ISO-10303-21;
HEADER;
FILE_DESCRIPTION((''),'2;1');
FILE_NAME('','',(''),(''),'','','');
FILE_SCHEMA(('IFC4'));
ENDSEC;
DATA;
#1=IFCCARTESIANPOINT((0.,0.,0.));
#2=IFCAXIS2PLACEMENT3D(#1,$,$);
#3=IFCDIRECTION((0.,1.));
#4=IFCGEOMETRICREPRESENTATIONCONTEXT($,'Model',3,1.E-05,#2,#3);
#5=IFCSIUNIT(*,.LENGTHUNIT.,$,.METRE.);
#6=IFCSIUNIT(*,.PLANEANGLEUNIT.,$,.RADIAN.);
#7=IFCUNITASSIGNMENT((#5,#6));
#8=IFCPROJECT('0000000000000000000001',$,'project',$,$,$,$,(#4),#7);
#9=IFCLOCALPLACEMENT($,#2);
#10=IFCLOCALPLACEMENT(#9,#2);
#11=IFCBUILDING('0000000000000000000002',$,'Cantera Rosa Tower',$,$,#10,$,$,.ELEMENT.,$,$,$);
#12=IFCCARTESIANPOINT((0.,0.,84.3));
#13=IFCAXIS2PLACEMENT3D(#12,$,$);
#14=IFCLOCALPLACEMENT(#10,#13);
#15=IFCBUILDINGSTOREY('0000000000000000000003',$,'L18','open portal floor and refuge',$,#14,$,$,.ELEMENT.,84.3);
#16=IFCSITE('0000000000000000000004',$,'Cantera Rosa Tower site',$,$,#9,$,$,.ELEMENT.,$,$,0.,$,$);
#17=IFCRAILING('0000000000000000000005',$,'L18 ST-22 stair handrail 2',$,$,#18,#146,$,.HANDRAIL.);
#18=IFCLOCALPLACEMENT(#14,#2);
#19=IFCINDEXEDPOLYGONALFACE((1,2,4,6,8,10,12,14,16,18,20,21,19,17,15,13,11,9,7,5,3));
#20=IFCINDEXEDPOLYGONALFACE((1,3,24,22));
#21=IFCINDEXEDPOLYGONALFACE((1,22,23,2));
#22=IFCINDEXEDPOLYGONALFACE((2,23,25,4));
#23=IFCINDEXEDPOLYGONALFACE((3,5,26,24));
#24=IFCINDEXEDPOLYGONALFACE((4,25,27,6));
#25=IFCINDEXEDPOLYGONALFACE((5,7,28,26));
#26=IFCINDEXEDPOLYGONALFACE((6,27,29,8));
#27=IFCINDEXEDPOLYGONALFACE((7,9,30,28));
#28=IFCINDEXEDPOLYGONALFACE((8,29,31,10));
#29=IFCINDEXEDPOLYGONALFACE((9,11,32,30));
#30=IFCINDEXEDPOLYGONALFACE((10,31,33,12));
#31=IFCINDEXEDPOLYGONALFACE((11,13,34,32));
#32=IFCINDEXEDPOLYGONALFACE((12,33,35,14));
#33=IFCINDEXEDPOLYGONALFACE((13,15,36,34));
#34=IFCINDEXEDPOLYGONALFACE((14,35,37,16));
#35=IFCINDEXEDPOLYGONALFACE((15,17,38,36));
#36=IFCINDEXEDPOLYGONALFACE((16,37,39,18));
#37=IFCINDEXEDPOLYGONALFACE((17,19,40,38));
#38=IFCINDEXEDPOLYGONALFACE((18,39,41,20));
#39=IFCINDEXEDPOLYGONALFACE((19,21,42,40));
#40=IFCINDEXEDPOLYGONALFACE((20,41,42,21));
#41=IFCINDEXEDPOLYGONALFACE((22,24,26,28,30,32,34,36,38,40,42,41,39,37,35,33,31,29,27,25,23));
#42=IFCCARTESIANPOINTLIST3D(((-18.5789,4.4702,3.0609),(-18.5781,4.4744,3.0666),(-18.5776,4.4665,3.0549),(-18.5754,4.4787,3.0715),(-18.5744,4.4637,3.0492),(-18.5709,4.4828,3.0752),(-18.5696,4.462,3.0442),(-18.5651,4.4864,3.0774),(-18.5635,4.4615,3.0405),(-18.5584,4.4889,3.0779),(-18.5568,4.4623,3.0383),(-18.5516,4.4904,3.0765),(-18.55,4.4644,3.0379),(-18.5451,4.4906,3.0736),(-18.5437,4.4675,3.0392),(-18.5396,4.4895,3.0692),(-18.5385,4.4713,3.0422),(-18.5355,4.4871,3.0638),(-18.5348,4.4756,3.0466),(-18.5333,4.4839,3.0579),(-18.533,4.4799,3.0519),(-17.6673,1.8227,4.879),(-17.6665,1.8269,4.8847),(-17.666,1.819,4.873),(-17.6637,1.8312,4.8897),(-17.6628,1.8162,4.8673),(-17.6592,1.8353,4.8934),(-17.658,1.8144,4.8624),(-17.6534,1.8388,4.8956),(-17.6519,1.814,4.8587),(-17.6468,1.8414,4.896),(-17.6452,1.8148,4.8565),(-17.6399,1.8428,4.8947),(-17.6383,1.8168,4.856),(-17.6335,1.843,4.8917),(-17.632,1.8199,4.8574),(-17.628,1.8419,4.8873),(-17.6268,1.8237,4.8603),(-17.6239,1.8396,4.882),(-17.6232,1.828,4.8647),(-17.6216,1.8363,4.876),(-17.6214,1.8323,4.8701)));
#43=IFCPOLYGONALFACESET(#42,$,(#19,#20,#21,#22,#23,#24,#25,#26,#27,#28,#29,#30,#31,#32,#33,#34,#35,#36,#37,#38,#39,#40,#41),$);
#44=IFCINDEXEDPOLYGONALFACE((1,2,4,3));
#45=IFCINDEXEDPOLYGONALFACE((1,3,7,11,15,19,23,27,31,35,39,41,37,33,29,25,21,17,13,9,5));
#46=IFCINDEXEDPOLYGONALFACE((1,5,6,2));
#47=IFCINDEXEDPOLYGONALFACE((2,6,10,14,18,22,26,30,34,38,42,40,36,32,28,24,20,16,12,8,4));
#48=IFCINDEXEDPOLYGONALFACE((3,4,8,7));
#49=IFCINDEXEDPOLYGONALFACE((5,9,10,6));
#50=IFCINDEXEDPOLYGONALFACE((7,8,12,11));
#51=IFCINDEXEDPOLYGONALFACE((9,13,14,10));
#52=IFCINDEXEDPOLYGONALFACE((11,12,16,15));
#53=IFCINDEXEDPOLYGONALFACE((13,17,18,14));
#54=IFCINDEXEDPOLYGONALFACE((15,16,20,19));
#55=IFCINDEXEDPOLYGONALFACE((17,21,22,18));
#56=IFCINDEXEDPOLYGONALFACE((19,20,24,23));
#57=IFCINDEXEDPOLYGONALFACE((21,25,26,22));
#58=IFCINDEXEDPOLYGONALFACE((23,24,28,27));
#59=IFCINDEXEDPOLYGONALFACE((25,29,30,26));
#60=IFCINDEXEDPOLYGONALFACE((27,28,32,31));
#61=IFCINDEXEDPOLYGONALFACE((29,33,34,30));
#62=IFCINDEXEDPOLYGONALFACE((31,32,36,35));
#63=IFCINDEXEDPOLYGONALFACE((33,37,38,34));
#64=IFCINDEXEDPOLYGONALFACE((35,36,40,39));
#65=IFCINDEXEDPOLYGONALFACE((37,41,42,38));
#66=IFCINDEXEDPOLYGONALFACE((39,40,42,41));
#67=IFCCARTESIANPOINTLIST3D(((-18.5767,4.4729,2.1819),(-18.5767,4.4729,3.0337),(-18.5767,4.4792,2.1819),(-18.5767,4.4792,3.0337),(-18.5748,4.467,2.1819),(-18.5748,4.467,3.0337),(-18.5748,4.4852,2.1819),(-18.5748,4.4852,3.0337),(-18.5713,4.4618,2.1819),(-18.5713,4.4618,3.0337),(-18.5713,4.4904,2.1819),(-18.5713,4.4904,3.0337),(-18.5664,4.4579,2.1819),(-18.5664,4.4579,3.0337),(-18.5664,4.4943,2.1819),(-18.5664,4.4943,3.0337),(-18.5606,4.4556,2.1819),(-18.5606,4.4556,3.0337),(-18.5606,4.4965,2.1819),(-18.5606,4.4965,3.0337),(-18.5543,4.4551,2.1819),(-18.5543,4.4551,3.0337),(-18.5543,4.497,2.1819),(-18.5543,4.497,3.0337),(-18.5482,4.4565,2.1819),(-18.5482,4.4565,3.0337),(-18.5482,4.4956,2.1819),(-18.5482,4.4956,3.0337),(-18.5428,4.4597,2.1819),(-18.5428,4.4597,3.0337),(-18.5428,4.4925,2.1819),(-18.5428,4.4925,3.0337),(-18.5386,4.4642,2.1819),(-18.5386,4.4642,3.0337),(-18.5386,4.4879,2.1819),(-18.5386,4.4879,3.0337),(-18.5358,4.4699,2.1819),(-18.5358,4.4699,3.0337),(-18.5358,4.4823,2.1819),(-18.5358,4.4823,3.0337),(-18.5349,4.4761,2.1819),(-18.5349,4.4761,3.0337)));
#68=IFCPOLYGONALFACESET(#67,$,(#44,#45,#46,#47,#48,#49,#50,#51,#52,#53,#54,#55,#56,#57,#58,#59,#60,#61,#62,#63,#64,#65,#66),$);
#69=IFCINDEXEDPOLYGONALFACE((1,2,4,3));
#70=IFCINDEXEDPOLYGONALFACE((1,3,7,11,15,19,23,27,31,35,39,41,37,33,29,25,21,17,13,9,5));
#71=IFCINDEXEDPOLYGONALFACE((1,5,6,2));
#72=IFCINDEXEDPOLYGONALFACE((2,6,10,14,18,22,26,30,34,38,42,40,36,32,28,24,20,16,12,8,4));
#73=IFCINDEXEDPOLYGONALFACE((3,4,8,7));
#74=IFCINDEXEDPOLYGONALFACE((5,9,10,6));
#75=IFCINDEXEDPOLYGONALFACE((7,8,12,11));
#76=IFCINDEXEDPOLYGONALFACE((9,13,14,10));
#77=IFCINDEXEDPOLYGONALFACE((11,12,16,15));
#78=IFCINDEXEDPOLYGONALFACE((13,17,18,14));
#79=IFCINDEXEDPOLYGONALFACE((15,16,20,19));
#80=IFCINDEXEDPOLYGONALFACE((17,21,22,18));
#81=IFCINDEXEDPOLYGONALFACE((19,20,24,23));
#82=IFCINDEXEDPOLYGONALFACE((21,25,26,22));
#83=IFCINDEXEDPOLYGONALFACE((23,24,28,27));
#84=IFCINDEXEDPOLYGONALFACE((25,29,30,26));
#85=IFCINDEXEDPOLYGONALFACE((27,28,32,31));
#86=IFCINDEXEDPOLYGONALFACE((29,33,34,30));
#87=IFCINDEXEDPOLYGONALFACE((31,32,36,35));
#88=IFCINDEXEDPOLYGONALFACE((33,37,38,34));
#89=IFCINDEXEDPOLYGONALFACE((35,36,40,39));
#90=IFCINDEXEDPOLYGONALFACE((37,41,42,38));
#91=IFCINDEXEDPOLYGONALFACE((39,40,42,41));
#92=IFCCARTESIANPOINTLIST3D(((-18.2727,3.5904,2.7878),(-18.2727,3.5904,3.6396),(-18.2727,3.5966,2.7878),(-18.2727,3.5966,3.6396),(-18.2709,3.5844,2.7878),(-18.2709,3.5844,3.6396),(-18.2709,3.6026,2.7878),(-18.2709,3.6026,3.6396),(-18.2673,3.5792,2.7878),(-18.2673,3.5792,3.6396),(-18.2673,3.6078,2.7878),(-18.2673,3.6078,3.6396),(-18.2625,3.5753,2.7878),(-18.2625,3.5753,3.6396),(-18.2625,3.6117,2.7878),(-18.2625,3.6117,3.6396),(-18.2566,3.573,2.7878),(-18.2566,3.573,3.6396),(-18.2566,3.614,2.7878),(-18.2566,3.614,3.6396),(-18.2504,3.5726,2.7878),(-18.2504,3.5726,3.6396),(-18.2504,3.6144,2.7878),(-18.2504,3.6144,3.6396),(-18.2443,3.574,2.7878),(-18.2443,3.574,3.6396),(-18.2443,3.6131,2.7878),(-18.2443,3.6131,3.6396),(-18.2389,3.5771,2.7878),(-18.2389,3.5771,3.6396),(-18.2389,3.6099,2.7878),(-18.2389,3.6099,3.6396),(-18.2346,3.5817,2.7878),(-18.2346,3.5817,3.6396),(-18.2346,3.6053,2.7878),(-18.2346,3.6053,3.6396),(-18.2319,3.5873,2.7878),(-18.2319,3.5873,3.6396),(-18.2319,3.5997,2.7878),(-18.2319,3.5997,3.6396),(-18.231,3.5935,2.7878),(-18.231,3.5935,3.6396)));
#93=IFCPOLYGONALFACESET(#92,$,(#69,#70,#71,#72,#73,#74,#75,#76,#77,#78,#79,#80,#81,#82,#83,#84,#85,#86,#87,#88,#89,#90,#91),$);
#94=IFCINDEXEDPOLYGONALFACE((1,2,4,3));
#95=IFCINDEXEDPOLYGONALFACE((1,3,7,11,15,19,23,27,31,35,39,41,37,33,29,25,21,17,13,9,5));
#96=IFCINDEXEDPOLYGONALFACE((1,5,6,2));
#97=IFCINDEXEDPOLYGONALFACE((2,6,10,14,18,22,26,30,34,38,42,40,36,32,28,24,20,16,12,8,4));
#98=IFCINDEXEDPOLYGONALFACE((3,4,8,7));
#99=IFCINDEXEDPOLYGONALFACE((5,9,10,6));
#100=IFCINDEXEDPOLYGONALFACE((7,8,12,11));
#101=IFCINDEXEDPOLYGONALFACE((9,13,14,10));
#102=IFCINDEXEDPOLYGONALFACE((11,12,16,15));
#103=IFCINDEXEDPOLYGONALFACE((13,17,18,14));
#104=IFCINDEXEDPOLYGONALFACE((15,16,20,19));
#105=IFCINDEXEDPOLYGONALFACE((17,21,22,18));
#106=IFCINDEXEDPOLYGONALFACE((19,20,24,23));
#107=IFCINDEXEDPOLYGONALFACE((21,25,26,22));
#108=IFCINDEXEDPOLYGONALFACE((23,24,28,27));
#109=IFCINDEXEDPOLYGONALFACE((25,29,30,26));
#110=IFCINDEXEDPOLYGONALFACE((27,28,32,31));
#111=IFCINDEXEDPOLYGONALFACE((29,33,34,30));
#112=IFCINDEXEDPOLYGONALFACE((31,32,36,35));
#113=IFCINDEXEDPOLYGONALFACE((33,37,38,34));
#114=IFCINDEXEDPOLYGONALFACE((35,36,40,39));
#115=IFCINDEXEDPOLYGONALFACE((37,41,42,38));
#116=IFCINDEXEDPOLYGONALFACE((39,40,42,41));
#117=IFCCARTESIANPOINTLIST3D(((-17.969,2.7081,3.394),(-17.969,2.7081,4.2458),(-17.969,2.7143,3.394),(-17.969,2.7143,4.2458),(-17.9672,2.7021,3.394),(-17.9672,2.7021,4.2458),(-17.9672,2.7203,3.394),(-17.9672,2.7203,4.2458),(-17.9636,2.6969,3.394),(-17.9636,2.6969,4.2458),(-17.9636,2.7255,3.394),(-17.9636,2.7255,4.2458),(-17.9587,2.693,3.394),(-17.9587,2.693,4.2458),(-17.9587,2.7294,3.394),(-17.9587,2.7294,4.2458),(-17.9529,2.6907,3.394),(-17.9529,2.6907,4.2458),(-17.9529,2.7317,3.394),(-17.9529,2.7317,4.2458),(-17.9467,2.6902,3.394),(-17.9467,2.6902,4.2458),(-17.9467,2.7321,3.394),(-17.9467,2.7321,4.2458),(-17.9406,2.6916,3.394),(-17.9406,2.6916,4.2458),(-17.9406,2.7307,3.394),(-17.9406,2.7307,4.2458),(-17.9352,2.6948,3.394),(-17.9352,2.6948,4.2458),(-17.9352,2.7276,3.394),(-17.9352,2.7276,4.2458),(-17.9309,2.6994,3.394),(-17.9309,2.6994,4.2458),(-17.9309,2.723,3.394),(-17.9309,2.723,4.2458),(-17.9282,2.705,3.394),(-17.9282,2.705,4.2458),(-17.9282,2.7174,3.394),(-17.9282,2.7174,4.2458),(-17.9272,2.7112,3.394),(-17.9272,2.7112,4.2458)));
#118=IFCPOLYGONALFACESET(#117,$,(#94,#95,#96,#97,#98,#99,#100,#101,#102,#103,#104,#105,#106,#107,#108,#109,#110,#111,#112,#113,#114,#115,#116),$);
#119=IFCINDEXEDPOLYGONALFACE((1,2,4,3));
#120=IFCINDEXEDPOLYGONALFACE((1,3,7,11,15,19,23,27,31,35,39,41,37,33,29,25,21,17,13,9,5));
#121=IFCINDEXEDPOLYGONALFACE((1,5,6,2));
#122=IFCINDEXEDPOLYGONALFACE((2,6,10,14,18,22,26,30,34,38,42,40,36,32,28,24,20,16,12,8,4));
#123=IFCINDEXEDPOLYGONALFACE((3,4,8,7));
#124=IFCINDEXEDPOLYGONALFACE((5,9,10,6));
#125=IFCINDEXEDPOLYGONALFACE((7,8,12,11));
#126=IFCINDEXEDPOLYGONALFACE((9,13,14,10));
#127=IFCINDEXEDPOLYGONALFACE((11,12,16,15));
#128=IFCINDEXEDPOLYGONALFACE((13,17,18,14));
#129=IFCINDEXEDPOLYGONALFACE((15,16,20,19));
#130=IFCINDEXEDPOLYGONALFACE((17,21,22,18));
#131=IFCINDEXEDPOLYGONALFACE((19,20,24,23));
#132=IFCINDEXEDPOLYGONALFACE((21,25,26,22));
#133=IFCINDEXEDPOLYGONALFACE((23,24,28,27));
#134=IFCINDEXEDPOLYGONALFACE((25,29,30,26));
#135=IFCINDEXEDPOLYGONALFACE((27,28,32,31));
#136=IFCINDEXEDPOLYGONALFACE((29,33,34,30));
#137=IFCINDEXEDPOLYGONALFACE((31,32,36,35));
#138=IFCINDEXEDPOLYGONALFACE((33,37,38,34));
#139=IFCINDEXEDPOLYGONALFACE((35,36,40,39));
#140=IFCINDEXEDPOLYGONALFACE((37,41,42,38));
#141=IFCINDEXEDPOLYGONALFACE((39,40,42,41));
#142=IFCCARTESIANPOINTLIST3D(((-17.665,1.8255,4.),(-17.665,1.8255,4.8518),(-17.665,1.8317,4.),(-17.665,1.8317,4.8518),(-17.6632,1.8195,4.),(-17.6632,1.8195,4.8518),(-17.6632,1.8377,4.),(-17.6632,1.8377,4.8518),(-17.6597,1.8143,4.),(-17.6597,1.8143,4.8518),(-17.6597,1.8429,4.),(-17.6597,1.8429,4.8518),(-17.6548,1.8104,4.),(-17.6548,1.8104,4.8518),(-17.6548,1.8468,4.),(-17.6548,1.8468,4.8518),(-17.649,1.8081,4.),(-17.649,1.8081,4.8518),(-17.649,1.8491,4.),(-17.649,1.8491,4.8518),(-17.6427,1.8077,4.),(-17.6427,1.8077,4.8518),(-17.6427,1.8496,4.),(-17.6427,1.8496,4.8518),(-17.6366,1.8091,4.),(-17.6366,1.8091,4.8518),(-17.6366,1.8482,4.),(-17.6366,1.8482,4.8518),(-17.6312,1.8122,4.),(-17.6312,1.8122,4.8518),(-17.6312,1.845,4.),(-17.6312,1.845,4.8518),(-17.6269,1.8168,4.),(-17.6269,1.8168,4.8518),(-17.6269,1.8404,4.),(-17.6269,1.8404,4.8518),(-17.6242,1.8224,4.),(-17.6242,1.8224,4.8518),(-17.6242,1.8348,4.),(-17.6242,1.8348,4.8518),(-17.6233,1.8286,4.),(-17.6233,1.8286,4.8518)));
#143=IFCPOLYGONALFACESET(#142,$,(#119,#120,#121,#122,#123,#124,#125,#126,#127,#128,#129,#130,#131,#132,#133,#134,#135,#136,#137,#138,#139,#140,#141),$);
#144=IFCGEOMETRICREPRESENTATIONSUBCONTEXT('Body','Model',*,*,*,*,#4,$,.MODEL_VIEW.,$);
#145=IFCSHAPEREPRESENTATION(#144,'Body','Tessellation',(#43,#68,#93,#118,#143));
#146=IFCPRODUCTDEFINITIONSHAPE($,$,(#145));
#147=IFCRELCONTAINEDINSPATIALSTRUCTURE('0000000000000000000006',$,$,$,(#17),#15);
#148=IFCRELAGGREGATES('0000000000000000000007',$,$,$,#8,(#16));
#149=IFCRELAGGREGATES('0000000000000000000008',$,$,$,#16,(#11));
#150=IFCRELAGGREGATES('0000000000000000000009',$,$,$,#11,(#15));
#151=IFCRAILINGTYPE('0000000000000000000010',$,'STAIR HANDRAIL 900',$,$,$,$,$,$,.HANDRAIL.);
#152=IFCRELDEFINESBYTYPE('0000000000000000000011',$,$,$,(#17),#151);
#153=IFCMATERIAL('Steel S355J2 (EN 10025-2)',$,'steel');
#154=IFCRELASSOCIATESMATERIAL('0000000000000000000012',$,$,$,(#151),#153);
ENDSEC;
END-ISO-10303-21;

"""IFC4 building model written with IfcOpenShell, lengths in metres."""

from ifc_helpers import new_model, si_unit, direction, frame, origin, origin_2d, place, context, subcontext, project, spatial, circle, extrude, material, type_object, element, save


model = new_model("IFC4")

# Units and contexts
model_context = context("Model", 3, precision=1e-05, world=origin(), true_north=direction((0.0, 1.0)))
body_context = subcontext(model_context, "Body", "Model", "MODEL_VIEW")
ifc_project = project(units=[si_unit("LENGTHUNIT", "METRE"), si_unit("PLANEANGLEUNIT", "RADIAN")], contexts=[model_context])

# Site, building, storey
site_placement = place(None, origin())
site = spatial("IfcSite", under=ifc_project, at=site_placement, Name="Cantera Rosa Tower site", CompositionType="ELEMENT", RefElevation=0.0)
building_placement = place(site_placement, origin())
building = spatial("IfcBuilding", under=site, at=building_placement, Name="Cantera Rosa Tower", CompositionType="ELEMENT")
storey_placement = place(building_placement, frame((0.0, 0.0, 84.3)))
storey = spatial("IfcBuildingStorey", under=building, at=storey_placement, Name="L18", Description="open portal floor and refuge", CompositionType="ELEMENT", Elevation=84.3)

# Railing
ifc_material_1 = material(Name="Steel S355J2 (EN 10025-2)", Category="steel")
railing_type_1 = type_object("IfcRailingType", Name="STAIR HANDRAIL 900", PredefinedType="HANDRAIL", material=ifc_material_1)
for number, where, name in (
    (1, (-18.5559, 4.4761, 2.1819), "L18 ST-22 stair handrail 2"),
):
    element("IfcRailing", number, at=place(storey_placement, frame(where)), inside=storey, type_object=railing_type_1, Name=name, PredefinedType="HANDRAIL", context=body_context, shape_type="SweptSolid", body=[
        extrude(circle(Radius=0.0239, at=origin_2d()), frame((0.0, 0.0, 0.876), z_axis=(0.273062, -0.793007, 0.544589), x_axis=(0.945516, 0.325577, 0.0)), (0.0, 0.0, 1.0), 3.3386),
        extrude(circle(Radius=0.021, at=origin_2d()), origin(), (0.0, 0.0, 1.0), 0.8518),
        extrude(circle(Radius=0.021, at=origin_2d()), frame((0.304, -0.8826, 0.606)), (0.0, 0.0, 1.0), 0.8518),
        extrude(circle(Radius=0.021, at=origin_2d()), frame((0.6077, -1.7649, 1.2122)), (0.0, 0.0, 1.0), 0.8518),
        extrude(circle(Radius=0.021, at=origin_2d()), frame((0.9116, -2.6475, 1.8181)), (0.0, 0.0, 1.0), 0.8518),
    ])

save(model, "model.ifc")
